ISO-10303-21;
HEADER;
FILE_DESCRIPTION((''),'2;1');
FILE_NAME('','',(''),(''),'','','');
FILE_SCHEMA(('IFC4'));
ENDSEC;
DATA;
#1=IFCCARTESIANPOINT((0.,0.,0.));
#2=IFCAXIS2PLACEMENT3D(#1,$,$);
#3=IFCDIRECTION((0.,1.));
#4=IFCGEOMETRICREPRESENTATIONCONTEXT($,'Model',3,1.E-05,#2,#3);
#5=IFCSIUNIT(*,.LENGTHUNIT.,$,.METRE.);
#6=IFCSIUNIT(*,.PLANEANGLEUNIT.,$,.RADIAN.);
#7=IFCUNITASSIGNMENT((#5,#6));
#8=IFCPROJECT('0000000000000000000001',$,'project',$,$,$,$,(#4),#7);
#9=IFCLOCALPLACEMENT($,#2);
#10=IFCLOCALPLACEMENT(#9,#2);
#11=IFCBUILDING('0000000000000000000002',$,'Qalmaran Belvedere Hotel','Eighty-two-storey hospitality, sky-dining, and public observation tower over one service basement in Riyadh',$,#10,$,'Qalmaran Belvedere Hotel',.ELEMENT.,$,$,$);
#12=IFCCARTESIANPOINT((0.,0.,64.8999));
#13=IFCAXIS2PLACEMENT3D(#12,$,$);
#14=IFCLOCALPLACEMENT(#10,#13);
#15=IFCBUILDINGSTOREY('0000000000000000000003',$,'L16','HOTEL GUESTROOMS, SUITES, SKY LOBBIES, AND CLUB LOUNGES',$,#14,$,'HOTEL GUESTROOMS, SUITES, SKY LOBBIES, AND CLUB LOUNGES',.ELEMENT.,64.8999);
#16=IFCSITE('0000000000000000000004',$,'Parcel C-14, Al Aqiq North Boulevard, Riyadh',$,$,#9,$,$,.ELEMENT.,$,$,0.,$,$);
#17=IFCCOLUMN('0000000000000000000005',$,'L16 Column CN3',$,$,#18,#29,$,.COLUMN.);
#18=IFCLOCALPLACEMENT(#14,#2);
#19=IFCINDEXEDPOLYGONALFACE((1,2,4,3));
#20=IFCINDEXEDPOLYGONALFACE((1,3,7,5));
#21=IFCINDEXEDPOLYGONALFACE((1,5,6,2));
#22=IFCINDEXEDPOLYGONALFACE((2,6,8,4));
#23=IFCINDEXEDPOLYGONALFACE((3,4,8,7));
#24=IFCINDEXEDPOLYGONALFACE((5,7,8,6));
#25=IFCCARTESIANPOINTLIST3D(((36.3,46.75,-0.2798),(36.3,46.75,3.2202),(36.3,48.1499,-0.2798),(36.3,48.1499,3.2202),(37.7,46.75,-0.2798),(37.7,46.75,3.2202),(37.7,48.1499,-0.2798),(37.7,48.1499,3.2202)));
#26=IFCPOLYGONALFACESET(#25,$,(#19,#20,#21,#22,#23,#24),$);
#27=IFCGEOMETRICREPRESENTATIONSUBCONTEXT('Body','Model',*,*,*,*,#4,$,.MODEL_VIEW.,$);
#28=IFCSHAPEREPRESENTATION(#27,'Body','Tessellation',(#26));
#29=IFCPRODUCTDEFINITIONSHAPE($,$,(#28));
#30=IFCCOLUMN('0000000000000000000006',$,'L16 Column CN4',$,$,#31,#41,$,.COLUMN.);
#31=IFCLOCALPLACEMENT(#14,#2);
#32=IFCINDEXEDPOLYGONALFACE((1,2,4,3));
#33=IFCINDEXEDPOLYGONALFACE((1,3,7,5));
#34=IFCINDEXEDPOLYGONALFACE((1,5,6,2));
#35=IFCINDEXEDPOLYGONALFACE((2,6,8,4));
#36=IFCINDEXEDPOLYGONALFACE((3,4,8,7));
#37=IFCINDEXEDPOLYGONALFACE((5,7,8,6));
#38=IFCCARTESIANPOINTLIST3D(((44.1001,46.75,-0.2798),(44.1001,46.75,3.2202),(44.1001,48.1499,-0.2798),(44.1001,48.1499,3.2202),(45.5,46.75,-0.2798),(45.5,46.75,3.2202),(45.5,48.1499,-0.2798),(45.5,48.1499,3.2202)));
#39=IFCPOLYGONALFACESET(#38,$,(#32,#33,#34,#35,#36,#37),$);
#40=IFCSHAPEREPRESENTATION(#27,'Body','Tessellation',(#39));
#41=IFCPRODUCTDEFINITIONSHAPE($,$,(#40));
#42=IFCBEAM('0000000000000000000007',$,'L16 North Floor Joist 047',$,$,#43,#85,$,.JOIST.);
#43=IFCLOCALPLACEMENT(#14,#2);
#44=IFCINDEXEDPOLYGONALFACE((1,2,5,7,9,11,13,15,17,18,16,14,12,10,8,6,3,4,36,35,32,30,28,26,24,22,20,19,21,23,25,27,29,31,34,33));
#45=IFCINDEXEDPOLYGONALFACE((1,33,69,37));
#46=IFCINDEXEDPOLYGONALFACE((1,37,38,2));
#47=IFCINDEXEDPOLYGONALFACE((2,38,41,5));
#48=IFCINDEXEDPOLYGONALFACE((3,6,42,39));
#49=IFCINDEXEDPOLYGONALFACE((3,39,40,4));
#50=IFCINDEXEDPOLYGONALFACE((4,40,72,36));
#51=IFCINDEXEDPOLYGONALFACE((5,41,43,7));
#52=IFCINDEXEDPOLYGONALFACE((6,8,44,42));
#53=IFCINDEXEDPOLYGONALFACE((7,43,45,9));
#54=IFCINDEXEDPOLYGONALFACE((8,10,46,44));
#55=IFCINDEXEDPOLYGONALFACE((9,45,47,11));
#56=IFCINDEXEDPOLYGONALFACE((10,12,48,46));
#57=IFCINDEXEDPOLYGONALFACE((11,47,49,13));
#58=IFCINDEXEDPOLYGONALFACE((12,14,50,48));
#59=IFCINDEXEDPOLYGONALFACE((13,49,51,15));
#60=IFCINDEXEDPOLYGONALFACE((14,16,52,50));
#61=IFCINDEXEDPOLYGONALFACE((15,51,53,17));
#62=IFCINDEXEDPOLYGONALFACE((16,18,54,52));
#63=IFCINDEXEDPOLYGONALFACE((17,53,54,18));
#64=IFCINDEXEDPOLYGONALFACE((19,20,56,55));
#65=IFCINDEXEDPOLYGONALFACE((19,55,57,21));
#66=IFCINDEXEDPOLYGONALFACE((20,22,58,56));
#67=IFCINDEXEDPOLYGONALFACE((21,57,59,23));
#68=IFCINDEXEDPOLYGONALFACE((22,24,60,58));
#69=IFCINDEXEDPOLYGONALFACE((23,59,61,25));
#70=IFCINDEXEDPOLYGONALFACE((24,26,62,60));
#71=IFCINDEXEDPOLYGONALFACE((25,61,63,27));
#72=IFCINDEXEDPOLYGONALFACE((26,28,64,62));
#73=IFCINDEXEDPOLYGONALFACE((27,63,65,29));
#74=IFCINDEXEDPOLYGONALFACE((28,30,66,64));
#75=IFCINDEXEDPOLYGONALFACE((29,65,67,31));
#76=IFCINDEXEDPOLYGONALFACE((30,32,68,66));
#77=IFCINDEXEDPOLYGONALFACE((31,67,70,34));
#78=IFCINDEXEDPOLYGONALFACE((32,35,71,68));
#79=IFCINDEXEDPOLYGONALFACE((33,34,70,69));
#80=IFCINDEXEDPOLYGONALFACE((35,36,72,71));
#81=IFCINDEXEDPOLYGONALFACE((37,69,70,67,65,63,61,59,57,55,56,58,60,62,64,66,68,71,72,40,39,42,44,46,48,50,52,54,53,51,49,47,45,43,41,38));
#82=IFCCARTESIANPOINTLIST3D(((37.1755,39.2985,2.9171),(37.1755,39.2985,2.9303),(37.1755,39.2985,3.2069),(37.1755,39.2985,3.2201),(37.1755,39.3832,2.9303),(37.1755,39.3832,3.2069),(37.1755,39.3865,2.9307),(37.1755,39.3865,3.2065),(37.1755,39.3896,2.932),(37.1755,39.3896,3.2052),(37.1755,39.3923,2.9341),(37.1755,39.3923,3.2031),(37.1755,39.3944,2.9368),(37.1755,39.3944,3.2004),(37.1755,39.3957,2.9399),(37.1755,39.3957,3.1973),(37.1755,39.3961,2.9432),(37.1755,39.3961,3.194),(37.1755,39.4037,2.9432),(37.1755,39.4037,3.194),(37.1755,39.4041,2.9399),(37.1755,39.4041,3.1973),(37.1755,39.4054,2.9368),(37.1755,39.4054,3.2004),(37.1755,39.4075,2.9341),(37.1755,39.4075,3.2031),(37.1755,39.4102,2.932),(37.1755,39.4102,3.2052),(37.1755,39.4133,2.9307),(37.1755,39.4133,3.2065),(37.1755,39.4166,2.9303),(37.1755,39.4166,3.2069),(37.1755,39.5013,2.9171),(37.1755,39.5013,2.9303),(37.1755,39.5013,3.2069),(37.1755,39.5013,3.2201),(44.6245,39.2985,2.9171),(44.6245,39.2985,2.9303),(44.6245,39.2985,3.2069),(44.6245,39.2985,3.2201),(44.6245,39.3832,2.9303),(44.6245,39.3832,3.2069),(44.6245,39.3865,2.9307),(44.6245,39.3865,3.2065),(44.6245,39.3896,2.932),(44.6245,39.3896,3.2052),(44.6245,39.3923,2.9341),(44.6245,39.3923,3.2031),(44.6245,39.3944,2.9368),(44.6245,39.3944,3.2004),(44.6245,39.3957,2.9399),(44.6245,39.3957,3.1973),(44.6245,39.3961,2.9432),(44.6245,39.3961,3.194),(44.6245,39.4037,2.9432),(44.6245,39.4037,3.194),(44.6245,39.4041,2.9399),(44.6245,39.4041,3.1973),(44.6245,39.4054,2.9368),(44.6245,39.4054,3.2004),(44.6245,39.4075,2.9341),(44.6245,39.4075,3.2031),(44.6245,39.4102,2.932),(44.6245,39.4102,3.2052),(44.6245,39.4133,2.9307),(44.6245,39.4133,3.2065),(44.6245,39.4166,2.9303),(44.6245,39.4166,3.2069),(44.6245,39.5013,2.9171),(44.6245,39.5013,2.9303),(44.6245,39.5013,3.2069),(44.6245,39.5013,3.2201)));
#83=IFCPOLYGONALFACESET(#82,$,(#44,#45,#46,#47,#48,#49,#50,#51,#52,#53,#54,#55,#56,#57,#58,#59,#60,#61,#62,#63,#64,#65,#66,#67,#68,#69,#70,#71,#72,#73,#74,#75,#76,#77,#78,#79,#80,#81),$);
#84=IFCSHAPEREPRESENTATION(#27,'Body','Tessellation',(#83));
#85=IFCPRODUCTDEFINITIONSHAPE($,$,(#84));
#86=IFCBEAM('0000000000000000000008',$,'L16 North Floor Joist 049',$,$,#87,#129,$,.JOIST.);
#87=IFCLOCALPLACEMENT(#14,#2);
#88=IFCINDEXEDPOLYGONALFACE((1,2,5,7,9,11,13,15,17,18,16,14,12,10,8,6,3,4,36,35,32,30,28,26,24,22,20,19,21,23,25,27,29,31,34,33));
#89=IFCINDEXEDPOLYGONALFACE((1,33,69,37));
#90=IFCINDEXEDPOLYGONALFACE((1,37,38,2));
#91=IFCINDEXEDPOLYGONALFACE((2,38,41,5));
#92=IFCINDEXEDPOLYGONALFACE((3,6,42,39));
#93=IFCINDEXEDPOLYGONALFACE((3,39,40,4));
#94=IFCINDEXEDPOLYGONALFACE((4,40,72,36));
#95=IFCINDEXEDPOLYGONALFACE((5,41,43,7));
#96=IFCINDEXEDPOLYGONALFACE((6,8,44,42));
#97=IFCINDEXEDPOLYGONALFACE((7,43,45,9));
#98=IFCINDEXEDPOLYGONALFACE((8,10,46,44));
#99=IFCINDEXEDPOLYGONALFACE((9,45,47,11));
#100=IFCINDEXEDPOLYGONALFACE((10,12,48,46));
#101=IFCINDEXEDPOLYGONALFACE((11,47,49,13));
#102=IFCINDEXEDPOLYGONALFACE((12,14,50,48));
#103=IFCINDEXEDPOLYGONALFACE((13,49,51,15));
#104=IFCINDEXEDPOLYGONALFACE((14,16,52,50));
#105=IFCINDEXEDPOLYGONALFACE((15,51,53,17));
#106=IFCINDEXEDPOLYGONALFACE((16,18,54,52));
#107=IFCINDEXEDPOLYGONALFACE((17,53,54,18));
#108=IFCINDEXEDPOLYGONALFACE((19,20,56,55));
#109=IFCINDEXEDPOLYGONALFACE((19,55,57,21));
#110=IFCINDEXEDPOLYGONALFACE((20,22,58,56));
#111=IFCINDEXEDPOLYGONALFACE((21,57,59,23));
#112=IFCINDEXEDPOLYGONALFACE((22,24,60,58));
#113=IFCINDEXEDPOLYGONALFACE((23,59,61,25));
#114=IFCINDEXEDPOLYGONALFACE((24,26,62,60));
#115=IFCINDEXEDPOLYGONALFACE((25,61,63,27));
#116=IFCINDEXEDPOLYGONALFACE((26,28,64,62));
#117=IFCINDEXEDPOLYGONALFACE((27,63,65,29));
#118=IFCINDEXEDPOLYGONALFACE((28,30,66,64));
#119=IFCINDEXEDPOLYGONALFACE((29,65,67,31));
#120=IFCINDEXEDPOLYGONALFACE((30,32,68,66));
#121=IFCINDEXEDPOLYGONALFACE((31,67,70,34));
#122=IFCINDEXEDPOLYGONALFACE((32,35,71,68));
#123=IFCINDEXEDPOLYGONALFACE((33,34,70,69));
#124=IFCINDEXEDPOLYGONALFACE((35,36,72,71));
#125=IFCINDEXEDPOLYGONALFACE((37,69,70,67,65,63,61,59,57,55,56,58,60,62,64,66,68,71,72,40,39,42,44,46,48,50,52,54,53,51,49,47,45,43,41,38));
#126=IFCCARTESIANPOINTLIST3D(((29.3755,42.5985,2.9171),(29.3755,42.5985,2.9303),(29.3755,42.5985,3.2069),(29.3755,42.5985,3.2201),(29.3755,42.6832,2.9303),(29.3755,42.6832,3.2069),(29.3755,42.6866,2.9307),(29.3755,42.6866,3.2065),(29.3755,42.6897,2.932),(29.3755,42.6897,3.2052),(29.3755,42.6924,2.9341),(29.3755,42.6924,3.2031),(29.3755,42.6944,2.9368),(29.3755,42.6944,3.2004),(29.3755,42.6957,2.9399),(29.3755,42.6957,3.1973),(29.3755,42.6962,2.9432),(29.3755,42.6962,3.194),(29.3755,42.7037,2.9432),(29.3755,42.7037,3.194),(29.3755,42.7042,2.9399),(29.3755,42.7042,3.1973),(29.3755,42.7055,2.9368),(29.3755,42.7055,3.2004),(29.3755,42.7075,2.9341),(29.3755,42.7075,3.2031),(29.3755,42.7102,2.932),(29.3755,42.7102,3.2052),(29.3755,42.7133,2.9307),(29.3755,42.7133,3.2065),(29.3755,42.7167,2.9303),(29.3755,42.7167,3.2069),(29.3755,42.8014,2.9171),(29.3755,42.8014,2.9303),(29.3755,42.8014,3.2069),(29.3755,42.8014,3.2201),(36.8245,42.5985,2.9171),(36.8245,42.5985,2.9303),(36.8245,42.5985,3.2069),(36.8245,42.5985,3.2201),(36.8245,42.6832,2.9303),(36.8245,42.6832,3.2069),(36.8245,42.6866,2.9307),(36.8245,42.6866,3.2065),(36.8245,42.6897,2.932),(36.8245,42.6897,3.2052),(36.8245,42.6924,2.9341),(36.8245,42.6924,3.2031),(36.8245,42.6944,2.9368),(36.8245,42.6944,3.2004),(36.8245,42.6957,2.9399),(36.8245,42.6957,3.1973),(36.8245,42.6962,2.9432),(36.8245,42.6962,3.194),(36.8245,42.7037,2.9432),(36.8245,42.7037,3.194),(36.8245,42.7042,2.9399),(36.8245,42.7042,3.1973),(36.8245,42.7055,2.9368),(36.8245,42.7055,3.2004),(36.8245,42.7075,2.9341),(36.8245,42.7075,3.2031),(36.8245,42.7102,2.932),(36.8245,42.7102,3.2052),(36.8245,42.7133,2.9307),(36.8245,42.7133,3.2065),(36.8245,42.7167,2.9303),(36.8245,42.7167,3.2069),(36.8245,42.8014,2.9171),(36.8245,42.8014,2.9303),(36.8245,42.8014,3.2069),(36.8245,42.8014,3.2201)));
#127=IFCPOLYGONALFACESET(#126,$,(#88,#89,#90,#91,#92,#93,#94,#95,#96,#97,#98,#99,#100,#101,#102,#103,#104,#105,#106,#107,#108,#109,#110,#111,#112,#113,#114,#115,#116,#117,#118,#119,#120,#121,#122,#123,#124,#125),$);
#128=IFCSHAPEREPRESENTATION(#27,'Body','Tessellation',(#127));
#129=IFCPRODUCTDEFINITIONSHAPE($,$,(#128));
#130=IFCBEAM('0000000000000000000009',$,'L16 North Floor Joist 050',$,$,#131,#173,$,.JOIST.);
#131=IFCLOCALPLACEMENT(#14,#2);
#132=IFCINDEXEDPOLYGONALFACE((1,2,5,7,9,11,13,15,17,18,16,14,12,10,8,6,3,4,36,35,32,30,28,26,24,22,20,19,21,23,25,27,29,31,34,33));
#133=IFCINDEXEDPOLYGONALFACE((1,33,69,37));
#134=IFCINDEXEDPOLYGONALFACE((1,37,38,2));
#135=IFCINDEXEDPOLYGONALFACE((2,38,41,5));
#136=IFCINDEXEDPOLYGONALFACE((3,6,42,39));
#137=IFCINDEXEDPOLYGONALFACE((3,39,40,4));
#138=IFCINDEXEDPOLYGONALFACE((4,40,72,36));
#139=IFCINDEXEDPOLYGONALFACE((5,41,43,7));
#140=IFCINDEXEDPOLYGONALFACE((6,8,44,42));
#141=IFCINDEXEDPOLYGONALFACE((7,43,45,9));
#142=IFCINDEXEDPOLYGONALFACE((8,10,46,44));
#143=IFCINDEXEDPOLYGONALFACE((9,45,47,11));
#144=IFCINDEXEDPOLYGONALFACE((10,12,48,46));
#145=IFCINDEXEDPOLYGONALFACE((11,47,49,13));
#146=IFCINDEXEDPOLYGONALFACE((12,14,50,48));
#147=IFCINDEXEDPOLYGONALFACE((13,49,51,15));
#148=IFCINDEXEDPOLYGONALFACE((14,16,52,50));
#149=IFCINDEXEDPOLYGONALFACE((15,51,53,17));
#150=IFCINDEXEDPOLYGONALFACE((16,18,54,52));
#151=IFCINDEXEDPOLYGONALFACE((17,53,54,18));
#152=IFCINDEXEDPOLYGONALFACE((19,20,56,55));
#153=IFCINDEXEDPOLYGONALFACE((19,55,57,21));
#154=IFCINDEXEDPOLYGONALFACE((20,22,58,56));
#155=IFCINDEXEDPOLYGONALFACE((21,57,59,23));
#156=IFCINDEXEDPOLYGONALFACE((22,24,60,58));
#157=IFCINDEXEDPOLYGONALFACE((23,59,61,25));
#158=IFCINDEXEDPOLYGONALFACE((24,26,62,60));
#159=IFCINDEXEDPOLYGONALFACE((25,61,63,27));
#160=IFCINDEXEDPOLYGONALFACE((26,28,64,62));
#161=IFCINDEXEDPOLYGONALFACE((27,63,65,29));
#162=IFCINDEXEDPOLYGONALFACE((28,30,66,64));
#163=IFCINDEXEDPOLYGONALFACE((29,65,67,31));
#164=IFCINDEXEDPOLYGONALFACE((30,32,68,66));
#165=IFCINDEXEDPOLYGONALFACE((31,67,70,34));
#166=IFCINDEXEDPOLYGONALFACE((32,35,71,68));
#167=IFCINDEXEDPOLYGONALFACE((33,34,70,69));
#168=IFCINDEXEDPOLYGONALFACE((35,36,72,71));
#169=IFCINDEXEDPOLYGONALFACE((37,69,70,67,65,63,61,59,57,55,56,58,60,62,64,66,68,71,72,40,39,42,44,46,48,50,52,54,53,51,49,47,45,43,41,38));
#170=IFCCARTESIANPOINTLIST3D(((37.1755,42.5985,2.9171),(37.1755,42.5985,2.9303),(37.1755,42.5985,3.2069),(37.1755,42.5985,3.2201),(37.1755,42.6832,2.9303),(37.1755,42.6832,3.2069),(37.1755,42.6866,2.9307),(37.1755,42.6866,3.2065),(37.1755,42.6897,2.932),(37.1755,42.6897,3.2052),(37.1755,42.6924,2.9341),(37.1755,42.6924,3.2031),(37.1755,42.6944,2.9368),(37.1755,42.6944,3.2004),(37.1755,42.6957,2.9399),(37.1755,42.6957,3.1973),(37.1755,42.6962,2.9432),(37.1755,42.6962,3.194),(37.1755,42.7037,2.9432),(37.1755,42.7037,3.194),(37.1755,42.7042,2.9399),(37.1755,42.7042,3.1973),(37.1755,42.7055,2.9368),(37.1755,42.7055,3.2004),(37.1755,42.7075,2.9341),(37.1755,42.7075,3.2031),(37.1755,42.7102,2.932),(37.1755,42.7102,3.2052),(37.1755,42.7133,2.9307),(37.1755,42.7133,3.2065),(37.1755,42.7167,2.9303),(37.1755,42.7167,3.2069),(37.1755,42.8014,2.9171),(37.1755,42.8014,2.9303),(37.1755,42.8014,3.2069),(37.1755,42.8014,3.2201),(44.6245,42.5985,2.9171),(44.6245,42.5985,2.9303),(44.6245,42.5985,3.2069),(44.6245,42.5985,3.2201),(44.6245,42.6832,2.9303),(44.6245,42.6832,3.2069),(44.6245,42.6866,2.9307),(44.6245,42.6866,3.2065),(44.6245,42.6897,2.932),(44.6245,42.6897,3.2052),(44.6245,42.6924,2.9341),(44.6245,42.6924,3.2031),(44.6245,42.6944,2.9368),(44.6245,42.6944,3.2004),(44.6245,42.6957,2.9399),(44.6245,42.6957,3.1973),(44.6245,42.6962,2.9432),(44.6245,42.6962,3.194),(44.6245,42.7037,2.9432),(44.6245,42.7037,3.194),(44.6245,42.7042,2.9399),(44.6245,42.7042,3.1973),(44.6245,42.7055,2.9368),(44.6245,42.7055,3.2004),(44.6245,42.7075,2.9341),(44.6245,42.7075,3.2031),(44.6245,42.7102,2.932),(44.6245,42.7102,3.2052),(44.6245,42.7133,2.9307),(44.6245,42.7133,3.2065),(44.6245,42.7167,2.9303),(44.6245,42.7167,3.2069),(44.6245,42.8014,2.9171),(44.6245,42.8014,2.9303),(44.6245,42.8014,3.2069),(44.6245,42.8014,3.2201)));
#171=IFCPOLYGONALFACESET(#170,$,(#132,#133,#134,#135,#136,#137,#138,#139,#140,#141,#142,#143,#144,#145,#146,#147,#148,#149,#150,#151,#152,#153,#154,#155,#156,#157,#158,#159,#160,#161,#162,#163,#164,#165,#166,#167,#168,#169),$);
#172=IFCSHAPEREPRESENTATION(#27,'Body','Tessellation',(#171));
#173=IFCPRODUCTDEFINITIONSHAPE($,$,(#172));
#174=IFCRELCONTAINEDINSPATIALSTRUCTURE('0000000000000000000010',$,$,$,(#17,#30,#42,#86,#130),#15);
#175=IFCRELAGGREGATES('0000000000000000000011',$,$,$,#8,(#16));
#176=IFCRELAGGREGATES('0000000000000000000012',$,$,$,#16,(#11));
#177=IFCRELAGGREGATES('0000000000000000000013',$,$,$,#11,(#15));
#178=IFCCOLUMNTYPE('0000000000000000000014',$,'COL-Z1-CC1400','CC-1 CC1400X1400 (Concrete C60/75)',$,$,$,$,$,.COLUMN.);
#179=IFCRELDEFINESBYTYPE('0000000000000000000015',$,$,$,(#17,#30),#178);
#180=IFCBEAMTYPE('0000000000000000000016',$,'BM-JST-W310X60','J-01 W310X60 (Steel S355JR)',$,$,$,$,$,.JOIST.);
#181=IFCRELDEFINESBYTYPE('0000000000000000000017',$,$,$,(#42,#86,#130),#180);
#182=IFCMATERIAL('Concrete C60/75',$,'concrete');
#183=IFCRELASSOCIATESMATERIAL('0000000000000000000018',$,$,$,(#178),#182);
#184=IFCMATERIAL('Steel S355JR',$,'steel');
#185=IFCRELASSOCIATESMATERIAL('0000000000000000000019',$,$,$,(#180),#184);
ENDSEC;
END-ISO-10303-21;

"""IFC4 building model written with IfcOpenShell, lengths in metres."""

from ifc_helpers import new_model, si_unit, direction, frame, origin, origin_2d, place, context, subcontext, project, spatial, rectangle, i_section, extrude, material, material_profile, profile_set, type_object, element, save


model = new_model("IFC4")

# Units and contexts
model_context = context("Model", 3, precision=1e-05, world=origin(), true_north=direction((0.0, 1.0)))
body_context = subcontext(model_context, "Body", "Model", "MODEL_VIEW")
ifc_project = project(units=[si_unit("LENGTHUNIT", "METRE"), si_unit("PLANEANGLEUNIT", "RADIAN")], contexts=[model_context])

# Site, building, storey
site_placement = place(None, origin())
site = spatial("IfcSite", under=ifc_project, at=site_placement, Name="Parcel C-14, Al Aqiq North Boulevard, Riyadh", CompositionType="ELEMENT", RefElevation=0.0)
building_placement = place(site_placement, origin())
building = spatial("IfcBuilding", under=site, at=building_placement, Name="Qalmaran Belvedere Hotel", Description="Eighty-two-storey hospitality, sky-dining, and public observation tower over one service basement in Riyadh", LongName="Qalmaran Belvedere Hotel", CompositionType="ELEMENT")
storey_placement = place(building_placement, frame((0.0, 0.0, 64.8999)))
storey = spatial("IfcBuildingStorey", under=building, at=storey_placement, Name="L16", Description="HOTEL GUESTROOMS, SUITES, SKY LOBBIES, AND CLUB LOUNGES", LongName="HOTEL GUESTROOMS, SUITES, SKY LOBBIES, AND CLUB LOUNGES", CompositionType="ELEMENT", Elevation=64.8999)

# Columns
ifc_material_1 = material(Name="Concrete C60/75", Category="concrete")
ifc_material_profile_1 = material_profile(ifc_material_1, rectangle(XDim=1.3999, YDim=1.3999, at=origin_2d()), Name="CC1400X1400")
ifc_profile_set_1 = profile_set([ifc_material_profile_1], Name="Concrete C60/75")
column_type = type_object("IfcColumnType", Name="COL-Z1-CC1400", Description="CC-1 CC1400X1400 (Concrete C60/75)", PredefinedType="COLUMN", material=ifc_profile_set_1)
for number, where, z_axis, x_axis, name in (
    (1, (37.0, 47.45, -0.2798), (0.0, 0.0, 1.0), (1.0, 0.0, 0.0), "L16 Column CN3"),
    (2, (44.8, 47.45, -0.2798), (0.0, 0.0, 1.0), (1.0, 0.0, 0.0), "L16 Column CN4"),
):
    element("IfcColumn", number, at=place(storey_placement, frame(where, z_axis=z_axis, x_axis=x_axis)), inside=storey, type_object=column_type, Name=name, PredefinedType="COLUMN", context=body_context, shape_type="SweptSolid", body=[
        extrude(rectangle(XDim=1.3999, YDim=1.3999, at=origin_2d()), origin(), (0.0, 0.0, 1.0), 3.5),
    ])

# Beams
ifc_material_2 = material(Name="Steel S355JR", Category="steel")
ifc_material_profile_2 = material_profile(ifc_material_2, i_section(OverallWidth=0.2029, OverallDepth=0.303, WebThickness=0.0076, FlangeThickness=0.0132, FilletRadius=0.0129, at=origin_2d()), Name="W310X60")
ifc_profile_set_2 = profile_set([ifc_material_profile_2], Name="Steel S355JR")
beam_type_1 = type_object("IfcBeamType", Name="BM-JST-W310X60", Description="J-01 W310X60 (Steel S355JR)", PredefinedType="JOIST", material=ifc_profile_set_2)
for number, where, z_axis, x_axis, name in (
    (3, (37.1755, 39.3999, 3.0686), (1.0, 0.0, 0.0), (0.0, 1.0, 0.0), "L16 North Floor Joist 047"),
    (4, (29.3755, 42.7, 3.0686), (1.0, 0.0, 0.0), (0.0, 1.0, 0.0), "L16 North Floor Joist 049"),
    (5, (37.1755, 42.7, 3.0686), (1.0, 0.0, 0.0), (0.0, 1.0, 0.0), "L16 North Floor Joist 050"),
):
    element("IfcBeam", number, at=place(storey_placement, frame(where, z_axis=z_axis, x_axis=x_axis)), inside=storey, type_object=beam_type_1, Name=name, PredefinedType="JOIST", context=body_context, shape_type="SweptSolid", body=[
        extrude(i_section(OverallWidth=0.2029, OverallDepth=0.303, WebThickness=0.0076, FlangeThickness=0.0132, FilletRadius=0.0129, at=origin_2d()), origin(), (0.0, 0.0, 1.0), 7.449),
    ])

save(model, "model.ifc")
